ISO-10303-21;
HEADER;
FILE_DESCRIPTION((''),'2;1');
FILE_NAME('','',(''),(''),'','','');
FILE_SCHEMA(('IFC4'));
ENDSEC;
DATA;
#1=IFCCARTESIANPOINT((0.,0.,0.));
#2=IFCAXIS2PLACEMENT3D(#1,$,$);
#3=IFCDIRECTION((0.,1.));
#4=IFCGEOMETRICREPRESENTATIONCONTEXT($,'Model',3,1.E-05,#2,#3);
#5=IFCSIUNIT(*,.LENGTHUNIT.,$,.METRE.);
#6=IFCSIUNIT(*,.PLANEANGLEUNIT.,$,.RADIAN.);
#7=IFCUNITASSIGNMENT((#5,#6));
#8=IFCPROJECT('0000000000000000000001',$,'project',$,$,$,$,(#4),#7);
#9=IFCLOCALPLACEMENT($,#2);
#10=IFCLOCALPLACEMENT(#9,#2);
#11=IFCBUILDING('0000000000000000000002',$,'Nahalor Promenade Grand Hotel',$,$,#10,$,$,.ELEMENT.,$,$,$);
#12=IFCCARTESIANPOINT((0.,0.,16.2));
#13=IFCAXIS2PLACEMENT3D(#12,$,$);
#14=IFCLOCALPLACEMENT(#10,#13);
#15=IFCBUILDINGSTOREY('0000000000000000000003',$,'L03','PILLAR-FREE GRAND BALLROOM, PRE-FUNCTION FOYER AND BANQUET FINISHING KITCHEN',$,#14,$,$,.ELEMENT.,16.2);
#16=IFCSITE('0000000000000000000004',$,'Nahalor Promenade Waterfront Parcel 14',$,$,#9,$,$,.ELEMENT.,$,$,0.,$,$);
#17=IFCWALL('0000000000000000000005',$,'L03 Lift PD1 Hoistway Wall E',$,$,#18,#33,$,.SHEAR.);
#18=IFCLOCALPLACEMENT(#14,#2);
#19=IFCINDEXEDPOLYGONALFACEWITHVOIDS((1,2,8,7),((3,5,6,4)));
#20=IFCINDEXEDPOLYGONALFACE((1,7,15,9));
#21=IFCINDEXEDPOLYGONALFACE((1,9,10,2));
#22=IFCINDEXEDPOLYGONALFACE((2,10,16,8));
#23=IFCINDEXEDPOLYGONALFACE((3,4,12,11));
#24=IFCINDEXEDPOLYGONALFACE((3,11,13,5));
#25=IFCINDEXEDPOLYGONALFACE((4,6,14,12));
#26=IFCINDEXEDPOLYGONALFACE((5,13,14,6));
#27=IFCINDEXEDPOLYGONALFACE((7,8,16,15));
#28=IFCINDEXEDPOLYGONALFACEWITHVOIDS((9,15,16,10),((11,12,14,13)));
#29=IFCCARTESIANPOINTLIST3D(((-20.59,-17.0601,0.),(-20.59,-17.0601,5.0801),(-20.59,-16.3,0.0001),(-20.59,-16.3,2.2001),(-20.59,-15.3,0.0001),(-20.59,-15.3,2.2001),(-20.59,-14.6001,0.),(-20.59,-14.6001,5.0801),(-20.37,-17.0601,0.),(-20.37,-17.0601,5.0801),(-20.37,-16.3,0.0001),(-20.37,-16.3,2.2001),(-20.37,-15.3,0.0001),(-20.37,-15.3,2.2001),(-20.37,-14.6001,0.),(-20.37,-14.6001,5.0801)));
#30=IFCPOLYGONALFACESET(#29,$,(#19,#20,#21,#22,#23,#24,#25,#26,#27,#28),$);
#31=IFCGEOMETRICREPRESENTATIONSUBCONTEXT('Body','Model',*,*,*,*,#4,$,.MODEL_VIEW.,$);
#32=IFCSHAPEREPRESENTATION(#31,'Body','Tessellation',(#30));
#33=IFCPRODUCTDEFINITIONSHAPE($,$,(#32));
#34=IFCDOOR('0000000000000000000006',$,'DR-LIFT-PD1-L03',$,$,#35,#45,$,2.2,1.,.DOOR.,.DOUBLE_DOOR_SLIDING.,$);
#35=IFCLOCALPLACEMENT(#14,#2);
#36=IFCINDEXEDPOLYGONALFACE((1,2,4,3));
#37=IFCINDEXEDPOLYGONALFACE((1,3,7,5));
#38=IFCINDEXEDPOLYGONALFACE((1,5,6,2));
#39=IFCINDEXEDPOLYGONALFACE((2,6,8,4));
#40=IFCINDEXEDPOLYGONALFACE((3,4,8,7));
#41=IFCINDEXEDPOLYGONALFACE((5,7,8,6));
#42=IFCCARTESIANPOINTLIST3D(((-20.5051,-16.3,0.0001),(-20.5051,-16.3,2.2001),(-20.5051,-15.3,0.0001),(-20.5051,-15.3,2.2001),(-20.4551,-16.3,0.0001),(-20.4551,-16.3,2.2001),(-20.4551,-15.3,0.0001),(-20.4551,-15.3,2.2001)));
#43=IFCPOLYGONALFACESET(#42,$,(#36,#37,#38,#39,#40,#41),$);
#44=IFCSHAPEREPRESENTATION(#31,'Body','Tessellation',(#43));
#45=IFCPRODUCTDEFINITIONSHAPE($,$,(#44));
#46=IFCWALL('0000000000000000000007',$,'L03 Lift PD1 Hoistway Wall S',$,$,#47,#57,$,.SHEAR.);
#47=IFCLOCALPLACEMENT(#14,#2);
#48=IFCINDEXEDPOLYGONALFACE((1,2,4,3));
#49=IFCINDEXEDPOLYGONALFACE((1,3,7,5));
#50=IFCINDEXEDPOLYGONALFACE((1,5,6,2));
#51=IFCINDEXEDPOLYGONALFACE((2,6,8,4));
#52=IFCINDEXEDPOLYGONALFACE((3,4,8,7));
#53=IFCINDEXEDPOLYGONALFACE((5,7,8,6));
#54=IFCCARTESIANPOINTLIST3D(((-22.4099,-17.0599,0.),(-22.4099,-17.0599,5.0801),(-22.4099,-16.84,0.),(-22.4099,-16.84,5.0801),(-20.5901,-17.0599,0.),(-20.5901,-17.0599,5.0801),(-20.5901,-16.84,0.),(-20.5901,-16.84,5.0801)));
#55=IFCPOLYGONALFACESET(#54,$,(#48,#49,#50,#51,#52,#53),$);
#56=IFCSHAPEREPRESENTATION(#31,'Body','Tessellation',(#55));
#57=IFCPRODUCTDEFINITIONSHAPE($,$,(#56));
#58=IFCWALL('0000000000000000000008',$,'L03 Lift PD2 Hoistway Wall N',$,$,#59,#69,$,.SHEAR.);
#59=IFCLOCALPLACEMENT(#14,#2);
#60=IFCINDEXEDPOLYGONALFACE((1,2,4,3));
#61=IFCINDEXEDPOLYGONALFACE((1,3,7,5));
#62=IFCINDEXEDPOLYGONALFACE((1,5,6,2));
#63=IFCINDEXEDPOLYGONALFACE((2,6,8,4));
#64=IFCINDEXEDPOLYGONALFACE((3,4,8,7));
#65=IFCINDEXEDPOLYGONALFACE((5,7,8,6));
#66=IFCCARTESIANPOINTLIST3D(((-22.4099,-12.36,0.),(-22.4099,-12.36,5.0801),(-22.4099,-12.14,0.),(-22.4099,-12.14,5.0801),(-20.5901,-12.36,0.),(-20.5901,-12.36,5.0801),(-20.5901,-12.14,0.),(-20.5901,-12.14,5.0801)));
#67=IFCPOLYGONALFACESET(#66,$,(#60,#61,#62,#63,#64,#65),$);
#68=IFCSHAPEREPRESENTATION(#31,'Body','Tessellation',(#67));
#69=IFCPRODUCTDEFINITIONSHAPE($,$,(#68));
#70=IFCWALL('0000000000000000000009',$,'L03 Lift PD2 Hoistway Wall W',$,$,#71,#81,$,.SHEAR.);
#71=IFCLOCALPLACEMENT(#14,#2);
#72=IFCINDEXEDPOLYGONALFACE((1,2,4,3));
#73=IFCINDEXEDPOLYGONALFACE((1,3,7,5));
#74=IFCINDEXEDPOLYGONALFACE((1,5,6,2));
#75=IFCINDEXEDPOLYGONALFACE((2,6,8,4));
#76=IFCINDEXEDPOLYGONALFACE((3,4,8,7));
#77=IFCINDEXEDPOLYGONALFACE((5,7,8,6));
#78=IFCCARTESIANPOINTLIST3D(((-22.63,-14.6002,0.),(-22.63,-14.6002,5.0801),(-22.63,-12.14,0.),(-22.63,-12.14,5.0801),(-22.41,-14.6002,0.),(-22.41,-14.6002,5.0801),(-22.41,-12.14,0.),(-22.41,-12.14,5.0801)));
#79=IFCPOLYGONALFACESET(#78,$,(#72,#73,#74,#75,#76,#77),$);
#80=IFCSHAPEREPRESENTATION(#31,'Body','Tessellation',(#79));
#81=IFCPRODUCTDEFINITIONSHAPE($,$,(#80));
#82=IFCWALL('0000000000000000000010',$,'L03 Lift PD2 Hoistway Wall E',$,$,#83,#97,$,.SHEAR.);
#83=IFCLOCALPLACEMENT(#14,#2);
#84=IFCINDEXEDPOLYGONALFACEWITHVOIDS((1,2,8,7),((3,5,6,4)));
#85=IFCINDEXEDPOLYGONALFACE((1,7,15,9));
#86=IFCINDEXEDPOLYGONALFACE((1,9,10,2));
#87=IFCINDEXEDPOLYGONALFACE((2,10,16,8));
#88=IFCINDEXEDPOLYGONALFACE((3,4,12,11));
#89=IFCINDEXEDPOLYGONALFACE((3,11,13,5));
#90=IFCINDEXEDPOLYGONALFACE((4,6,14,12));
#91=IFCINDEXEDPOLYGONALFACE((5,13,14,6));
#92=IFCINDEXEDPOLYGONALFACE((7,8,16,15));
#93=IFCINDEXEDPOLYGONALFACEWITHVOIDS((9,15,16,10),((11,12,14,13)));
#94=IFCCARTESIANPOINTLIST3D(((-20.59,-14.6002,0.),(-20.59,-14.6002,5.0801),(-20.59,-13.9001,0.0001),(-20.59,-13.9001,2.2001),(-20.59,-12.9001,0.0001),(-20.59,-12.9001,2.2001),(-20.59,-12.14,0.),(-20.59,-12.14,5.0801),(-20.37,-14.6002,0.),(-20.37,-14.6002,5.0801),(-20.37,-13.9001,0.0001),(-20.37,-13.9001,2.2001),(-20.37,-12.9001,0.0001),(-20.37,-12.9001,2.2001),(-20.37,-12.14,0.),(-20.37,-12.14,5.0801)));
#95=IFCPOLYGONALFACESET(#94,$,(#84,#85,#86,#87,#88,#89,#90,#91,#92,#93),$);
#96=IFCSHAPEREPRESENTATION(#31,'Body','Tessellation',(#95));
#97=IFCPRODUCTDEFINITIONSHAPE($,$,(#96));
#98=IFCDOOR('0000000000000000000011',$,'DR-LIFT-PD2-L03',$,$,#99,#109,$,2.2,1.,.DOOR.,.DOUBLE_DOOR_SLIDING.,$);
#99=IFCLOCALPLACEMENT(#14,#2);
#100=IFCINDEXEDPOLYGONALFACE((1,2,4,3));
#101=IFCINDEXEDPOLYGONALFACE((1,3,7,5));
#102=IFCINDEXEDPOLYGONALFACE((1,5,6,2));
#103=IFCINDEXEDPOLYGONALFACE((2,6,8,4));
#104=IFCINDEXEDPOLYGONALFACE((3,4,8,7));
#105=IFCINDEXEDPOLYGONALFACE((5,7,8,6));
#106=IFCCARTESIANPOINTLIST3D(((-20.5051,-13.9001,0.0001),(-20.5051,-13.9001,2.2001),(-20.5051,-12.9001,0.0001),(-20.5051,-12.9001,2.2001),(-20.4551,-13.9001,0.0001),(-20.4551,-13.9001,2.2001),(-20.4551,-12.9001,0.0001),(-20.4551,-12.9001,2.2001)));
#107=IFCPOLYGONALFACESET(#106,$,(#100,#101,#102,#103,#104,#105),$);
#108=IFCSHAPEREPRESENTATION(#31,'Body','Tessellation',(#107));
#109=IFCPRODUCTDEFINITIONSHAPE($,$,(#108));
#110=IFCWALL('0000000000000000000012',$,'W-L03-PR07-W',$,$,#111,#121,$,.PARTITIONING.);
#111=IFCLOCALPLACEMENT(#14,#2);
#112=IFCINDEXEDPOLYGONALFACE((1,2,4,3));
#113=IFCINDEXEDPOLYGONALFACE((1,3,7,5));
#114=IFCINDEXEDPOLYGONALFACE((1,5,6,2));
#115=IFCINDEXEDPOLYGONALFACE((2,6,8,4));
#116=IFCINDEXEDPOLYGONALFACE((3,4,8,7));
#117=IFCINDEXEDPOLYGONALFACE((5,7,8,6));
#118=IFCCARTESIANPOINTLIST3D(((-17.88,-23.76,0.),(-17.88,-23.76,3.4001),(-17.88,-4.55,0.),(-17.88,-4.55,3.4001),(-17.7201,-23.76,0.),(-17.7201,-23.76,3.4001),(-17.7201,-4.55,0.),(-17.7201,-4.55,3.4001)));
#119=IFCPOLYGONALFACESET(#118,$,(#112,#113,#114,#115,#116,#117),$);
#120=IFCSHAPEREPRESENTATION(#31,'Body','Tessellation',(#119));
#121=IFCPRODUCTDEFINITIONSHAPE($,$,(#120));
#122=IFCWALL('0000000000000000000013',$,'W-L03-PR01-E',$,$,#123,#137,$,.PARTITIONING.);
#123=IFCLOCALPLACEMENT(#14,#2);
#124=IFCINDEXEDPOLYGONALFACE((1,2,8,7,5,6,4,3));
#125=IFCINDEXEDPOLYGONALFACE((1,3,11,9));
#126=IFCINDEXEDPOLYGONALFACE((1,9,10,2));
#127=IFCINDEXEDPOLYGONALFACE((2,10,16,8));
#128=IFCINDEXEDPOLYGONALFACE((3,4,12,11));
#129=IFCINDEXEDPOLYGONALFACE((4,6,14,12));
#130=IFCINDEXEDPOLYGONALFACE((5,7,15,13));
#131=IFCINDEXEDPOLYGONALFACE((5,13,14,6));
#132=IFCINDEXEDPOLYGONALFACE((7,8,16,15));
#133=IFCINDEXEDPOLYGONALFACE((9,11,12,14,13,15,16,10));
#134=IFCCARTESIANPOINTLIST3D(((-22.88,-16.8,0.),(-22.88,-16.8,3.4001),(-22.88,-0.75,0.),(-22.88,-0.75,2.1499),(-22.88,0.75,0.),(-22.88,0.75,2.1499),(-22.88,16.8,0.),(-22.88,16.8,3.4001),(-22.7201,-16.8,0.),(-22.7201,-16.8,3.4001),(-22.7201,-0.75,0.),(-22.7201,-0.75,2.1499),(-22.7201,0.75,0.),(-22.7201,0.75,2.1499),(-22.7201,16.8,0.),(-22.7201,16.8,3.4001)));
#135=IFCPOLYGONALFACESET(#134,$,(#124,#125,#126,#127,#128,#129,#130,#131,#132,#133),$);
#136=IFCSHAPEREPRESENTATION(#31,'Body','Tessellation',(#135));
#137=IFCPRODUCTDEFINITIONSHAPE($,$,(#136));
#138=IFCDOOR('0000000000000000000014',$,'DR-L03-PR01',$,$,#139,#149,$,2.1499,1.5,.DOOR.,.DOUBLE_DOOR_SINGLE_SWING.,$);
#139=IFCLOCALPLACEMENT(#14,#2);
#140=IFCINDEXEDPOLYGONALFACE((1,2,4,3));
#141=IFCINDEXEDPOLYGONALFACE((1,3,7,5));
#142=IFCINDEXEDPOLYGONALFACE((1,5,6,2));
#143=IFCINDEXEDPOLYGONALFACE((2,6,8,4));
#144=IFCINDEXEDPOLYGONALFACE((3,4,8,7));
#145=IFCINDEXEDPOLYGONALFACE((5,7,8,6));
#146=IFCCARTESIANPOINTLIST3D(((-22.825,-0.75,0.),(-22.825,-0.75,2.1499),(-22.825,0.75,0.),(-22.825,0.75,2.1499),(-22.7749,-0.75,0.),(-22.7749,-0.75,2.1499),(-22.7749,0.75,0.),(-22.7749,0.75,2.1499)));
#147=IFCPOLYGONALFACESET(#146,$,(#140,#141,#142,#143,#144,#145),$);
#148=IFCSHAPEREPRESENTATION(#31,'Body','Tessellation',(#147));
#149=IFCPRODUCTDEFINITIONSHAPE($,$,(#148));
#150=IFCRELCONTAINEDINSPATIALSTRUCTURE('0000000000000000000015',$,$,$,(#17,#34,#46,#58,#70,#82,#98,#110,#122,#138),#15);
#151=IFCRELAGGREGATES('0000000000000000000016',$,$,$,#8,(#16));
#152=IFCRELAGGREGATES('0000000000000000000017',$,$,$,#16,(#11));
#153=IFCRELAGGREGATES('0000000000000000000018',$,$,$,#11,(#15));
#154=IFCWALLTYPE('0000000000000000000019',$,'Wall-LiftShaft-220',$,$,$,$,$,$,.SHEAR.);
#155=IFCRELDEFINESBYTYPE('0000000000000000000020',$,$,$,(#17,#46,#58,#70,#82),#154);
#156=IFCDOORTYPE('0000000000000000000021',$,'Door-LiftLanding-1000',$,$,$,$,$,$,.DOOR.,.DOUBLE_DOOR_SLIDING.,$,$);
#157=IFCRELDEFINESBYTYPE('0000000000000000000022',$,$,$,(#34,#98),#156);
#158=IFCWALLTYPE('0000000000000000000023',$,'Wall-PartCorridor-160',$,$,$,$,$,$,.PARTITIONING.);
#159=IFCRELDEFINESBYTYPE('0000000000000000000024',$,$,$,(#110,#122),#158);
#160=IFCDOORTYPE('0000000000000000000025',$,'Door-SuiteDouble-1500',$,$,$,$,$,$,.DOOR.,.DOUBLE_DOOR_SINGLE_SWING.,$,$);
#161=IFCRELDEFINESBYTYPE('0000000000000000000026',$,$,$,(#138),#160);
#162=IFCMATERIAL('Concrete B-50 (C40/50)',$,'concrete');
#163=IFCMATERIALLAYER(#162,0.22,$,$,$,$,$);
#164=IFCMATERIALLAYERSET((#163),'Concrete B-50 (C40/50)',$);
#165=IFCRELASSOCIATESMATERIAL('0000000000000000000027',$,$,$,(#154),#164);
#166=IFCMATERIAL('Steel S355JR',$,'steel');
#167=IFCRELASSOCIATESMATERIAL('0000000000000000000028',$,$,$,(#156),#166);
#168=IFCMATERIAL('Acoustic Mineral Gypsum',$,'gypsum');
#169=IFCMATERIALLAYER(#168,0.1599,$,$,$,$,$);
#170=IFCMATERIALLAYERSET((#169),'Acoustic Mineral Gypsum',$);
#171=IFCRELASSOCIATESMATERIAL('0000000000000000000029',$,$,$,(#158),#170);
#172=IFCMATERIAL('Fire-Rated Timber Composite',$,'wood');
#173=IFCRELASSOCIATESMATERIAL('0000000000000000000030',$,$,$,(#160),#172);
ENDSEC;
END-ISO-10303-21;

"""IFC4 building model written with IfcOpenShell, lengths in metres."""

from ifc_helpers import new_model, si_unit, direction, frame, frame_2d, origin, place, context, subcontext, project, spatial, rectangle, extrude, source, transform, mapped, material, layer, layer_set, type_object, element, fill, save


model = new_model("IFC4")

# Units and contexts
model_context = context("Model", 3, precision=1e-05, world=origin(), true_north=direction((0.0, 1.0)))
body_context = subcontext(model_context, "Body", "Model", "MODEL_VIEW")
ifc_project = project(units=[si_unit("LENGTHUNIT", "METRE"), si_unit("PLANEANGLEUNIT", "RADIAN")], contexts=[model_context])

# Site, building, storey
site_placement = place(None, origin())
site = spatial("IfcSite", under=ifc_project, at=site_placement, Name="Nahalor Promenade Waterfront Parcel 14", CompositionType="ELEMENT", RefElevation=0.0)
building_placement = place(site_placement, origin())
building = spatial("IfcBuilding", under=site, at=building_placement, Name="Nahalor Promenade Grand Hotel", CompositionType="ELEMENT")
storey_placement = place(building_placement, frame((0.0, 0.0, 16.2)))
storey = spatial("IfcBuildingStorey", under=building, at=storey_placement, Name="L03", Description="PILLAR-FREE GRAND BALLROOM, PRE-FUNCTION FOYER AND BANQUET FINISHING KITCHEN", CompositionType="ELEMENT", Elevation=16.2)

# Shared definitions
ifc_material_1 = material(Name="Steel S355JR", Category="steel")

# Shared definitions
ifc_material_2 = material(Name="Concrete B-50 (C40/50)", Category="concrete")
ifc_layer_1 = layer(ifc_material_2, 0.22)
ifc_layer_set_1 = layer_set([ifc_layer_1], Name="Concrete B-50 (C40/50)")
wall_type_1 = type_object("IfcWallType", Name="Wall-LiftShaft-220", PredefinedType="SHEAR", material=ifc_layer_set_1)
shared_shape_1 = source(origin(), body_context, "Body", "SweptSolid", [
    extrude(rectangle(XDim=2.46, YDim=0.22, at=frame_2d((1.23, 0.0))), origin(), (0.0, 0.0, 1.0), 5.0801),
])

# Wall, opening, door
wall_1_placement = place(storey_placement, frame((-20.48, -17.0601, 0.0), z_axis=(0.0, 0.0, 1.0), x_axis=(0.0, 1.0, 0.0)))
wall_1 = element("IfcWall", 1, at=wall_1_placement, inside=storey, type_object=wall_type_1, Name="L03 Lift PD1 Hoistway Wall E", PredefinedType="SHEAR", context=body_context, shape_type="MappedRepresentation", body=[
    mapped(shared_shape_1, transform((0.0, 0.0, 0.0), scale=1.0)),
])
opening_1_placement = place(wall_1_placement, frame((0.76, 0.0, 0.0)))
opening_1 = element("IfcOpeningElement", 2, at=opening_1_placement, cuts=wall_1, PredefinedType="OPENING", context=body_context, shape_type="SweptSolid", body=[
    extrude(rectangle(XDim=1.0, YDim=2.2, at=frame_2d((0.5, 1.1001))), frame((0.0, 0.1199, 0.0), z_axis=(0.0, -1.0, 0.0), x_axis=(1.0, 0.0, 0.0)), (0.0, 0.0, 1.0), 0.24),
])
door_type_1 = type_object("IfcDoorType", Name="Door-LiftLanding-1000", OperationType="DOUBLE_DOOR_SLIDING", PredefinedType="DOOR", material=ifc_material_1)
shared_shape_2 = source(origin(), body_context, "Body", "SweptSolid", [
    extrude(rectangle(XDim=1.0, YDim=2.2, at=frame_2d((0.5, 1.1001))), frame((0.0, 0.0249, 0.0), z_axis=(0.0, -1.0, 0.0), x_axis=(1.0, 0.0, 0.0)), (0.0, 0.0, 1.0), 0.05),
])
door_1_placement = place(opening_1_placement, frame((1.0, 0.0, 0.0), z_axis=(0.0, 0.0, 1.0), x_axis=(-1.0, 0.0, 0.0)))
door_1 = element("IfcDoor", 3, at=door_1_placement, inside=storey, type_object=door_type_1, Name="DR-LIFT-PD1-L03", OperationType="DOUBLE_DOOR_SLIDING", OverallHeight=2.2, OverallWidth=1.0, PredefinedType="DOOR", context=body_context, shape_type="MappedRepresentation", body=[
    mapped(shared_shape_2, transform((0.0, 0.0, 0.0), scale=1.0)),
])
fill(opening_1, door_1)

# Walls
shared_shape_3 = source(origin(), body_context, "Body", "SweptSolid", [
    extrude(rectangle(XDim=1.8198, YDim=0.22, at=frame_2d((0.9099, 0.0))), origin(), (0.0, 0.0, 1.0), 5.0801),
])
for number, where, z_axis, x_axis, name in (
    (4, (-22.4099, -16.95, 0.0), (0.0, 0.0, 1.0), (1.0, 0.0, 0.0), "L03 Lift PD1 Hoistway Wall S"),
    (5, (-22.4099, -12.25, 0.0), (0.0, 0.0, 1.0), (1.0, 0.0, 0.0), "L03 Lift PD2 Hoistway Wall N"),
):
    element("IfcWall", number, at=place(storey_placement, frame(where, z_axis=z_axis, x_axis=x_axis)), inside=storey, type_object=wall_type_1, Name=name, PredefinedType="SHEAR", context=body_context, shape_type="MappedRepresentation", body=[
        mapped(shared_shape_3, transform((0.0, 0.0, 0.0), scale=1.0)),
    ])
shared_shape_4 = source(origin(), body_context, "Body", "SweptSolid", [
    extrude(rectangle(XDim=2.4602, YDim=0.22, at=frame_2d((1.23, 0.0))), origin(), (0.0, 0.0, 1.0), 5.0801),
])
wall_2_placement = place(storey_placement, frame((-22.52, -14.6001, 0.0), z_axis=(0.0, 0.0, 1.0), x_axis=(0.0, 1.0, 0.0)))
element("IfcWall", 6, at=wall_2_placement, inside=storey, type_object=wall_type_1, Name="L03 Lift PD2 Hoistway Wall W", PredefinedType="SHEAR", context=body_context, shape_type="MappedRepresentation", body=[
    mapped(shared_shape_4, transform((0.0, 0.0, 0.0), scale=1.0)),
])

# Wall, opening, door
wall_3_placement = place(storey_placement, frame((-20.48, -14.6001, 0.0), z_axis=(0.0, 0.0, 1.0), x_axis=(0.0, 1.0, 0.0)))
wall_3 = element("IfcWall", 7, at=wall_3_placement, inside=storey, type_object=wall_type_1, Name="L03 Lift PD2 Hoistway Wall E", PredefinedType="SHEAR", context=body_context, shape_type="MappedRepresentation", body=[
    mapped(shared_shape_4, transform((0.0, 0.0, 0.0), scale=1.0)),
])
opening_2_placement = place(wall_3_placement, frame((0.7, 0.0, 0.0)))
opening_2 = element("IfcOpeningElement", 8, at=opening_2_placement, cuts=wall_3, PredefinedType="OPENING", context=body_context, shape_type="SweptSolid", body=[
    extrude(rectangle(XDim=1.0, YDim=2.2, at=frame_2d((0.5, 1.1001))), frame((0.0, 0.1199, 0.0), z_axis=(0.0, -1.0, 0.0), x_axis=(1.0, 0.0, 0.0)), (0.0, 0.0, 1.0), 0.24),
])
door_2_placement = place(opening_2_placement, frame((1.0, 0.0, 0.0), z_axis=(0.0, 0.0, 1.0), x_axis=(-1.0, 0.0, 0.0)))
door_2 = element("IfcDoor", 9, at=door_2_placement, inside=storey, type_object=door_type_1, Name="DR-LIFT-PD2-L03", OperationType="DOUBLE_DOOR_SLIDING", OverallHeight=2.2, OverallWidth=1.0, PredefinedType="DOOR", context=body_context, shape_type="MappedRepresentation", body=[
    mapped(shared_shape_2, transform((0.0, 0.0, 0.0), scale=1.0)),
])
fill(opening_2, door_2)

# Wall
ifc_material_3 = material(Name="Acoustic Mineral Gypsum", Category="gypsum")
ifc_layer_2 = layer(ifc_material_3, 0.1599)
ifc_layer_set_2 = layer_set([ifc_layer_2], Name="Acoustic Mineral Gypsum")
wall_type_2 = type_object("IfcWallType", Name="Wall-PartCorridor-160", PredefinedType="PARTITIONING", material=ifc_layer_set_2)
shared_shape_5 = source(origin(), body_context, "Body", "SweptSolid", [
    extrude(rectangle(XDim=19.21, YDim=0.1599, at=frame_2d((9.605, 0.0))), origin(), (0.0, 0.0, 1.0), 3.4001),
])
wall_4_placement = place(storey_placement, frame((-17.8, -23.76, 0.0), z_axis=(0.0, 0.0, 1.0), x_axis=(0.0, 1.0, 0.0)))
element("IfcWall", 10, at=wall_4_placement, inside=storey, type_object=wall_type_2, Name="W-L03-PR07-W", PredefinedType="PARTITIONING", context=body_context, shape_type="MappedRepresentation", body=[
    mapped(shared_shape_5, transform((0.0, 0.0, 0.0), scale=1.0)),
])

# Wall, opening, door
shared_shape_6 = source(origin(), body_context, "Body", "SweptSolid", [
    extrude(rectangle(XDim=33.6001, YDim=0.1599, at=frame_2d((16.8, 0.0))), origin(), (0.0, 0.0, 1.0), 3.4001),
])
wall_5_placement = place(storey_placement, frame((-22.8, -16.8, 0.0), z_axis=(0.0, 0.0, 1.0), x_axis=(0.0, 1.0, 0.0)))
wall_5 = element("IfcWall", 11, at=wall_5_placement, inside=storey, type_object=wall_type_2, Name="W-L03-PR01-E", PredefinedType="PARTITIONING", context=body_context, shape_type="MappedRepresentation", body=[
    mapped(shared_shape_6, transform((0.0, 0.0, 0.0), scale=1.0)),
])
opening_3_placement = place(wall_5_placement, frame((16.05, 0.0, 0.0)))
opening_3 = element("IfcOpeningElement", 12, at=opening_3_placement, cuts=wall_5, PredefinedType="OPENING", context=body_context, shape_type="SweptSolid", body=[
    extrude(rectangle(XDim=1.5, YDim=2.1499, at=frame_2d((0.75, 1.075))), frame((0.0, 0.0898, 0.0), z_axis=(0.0, -1.0, 0.0), x_axis=(1.0, 0.0, 0.0)), (0.0, 0.0, 1.0), 0.1799),
])
ifc_material_4 = material(Name="Fire-Rated Timber Composite", Category="wood")
door_type_2 = type_object("IfcDoorType", Name="Door-SuiteDouble-1500", OperationType="DOUBLE_DOOR_SINGLE_SWING", PredefinedType="DOOR", material=ifc_material_4)
shared_shape_7 = source(origin(), body_context, "Body", "SweptSolid", [
    extrude(rectangle(XDim=1.5, YDim=2.1499, at=frame_2d((0.75, 1.075))), frame((0.0, 0.0249, 0.0), z_axis=(0.0, -1.0, 0.0), x_axis=(1.0, 0.0, 0.0)), (0.0, 0.0, 1.0), 0.05),
])
door_3_placement = place(opening_3_placement, origin())
door_3 = element("IfcDoor", 13, at=door_3_placement, inside=storey, type_object=door_type_2, Name="DR-L03-PR01", OperationType="DOUBLE_DOOR_SINGLE_SWING", OverallHeight=2.1499, OverallWidth=1.5, PredefinedType="DOOR", context=body_context, shape_type="MappedRepresentation", body=[
    mapped(shared_shape_7, transform((0.0, 0.0, 0.0), scale=1.0)),
])
fill(opening_3, door_3)

save(model, "model.ifc")
